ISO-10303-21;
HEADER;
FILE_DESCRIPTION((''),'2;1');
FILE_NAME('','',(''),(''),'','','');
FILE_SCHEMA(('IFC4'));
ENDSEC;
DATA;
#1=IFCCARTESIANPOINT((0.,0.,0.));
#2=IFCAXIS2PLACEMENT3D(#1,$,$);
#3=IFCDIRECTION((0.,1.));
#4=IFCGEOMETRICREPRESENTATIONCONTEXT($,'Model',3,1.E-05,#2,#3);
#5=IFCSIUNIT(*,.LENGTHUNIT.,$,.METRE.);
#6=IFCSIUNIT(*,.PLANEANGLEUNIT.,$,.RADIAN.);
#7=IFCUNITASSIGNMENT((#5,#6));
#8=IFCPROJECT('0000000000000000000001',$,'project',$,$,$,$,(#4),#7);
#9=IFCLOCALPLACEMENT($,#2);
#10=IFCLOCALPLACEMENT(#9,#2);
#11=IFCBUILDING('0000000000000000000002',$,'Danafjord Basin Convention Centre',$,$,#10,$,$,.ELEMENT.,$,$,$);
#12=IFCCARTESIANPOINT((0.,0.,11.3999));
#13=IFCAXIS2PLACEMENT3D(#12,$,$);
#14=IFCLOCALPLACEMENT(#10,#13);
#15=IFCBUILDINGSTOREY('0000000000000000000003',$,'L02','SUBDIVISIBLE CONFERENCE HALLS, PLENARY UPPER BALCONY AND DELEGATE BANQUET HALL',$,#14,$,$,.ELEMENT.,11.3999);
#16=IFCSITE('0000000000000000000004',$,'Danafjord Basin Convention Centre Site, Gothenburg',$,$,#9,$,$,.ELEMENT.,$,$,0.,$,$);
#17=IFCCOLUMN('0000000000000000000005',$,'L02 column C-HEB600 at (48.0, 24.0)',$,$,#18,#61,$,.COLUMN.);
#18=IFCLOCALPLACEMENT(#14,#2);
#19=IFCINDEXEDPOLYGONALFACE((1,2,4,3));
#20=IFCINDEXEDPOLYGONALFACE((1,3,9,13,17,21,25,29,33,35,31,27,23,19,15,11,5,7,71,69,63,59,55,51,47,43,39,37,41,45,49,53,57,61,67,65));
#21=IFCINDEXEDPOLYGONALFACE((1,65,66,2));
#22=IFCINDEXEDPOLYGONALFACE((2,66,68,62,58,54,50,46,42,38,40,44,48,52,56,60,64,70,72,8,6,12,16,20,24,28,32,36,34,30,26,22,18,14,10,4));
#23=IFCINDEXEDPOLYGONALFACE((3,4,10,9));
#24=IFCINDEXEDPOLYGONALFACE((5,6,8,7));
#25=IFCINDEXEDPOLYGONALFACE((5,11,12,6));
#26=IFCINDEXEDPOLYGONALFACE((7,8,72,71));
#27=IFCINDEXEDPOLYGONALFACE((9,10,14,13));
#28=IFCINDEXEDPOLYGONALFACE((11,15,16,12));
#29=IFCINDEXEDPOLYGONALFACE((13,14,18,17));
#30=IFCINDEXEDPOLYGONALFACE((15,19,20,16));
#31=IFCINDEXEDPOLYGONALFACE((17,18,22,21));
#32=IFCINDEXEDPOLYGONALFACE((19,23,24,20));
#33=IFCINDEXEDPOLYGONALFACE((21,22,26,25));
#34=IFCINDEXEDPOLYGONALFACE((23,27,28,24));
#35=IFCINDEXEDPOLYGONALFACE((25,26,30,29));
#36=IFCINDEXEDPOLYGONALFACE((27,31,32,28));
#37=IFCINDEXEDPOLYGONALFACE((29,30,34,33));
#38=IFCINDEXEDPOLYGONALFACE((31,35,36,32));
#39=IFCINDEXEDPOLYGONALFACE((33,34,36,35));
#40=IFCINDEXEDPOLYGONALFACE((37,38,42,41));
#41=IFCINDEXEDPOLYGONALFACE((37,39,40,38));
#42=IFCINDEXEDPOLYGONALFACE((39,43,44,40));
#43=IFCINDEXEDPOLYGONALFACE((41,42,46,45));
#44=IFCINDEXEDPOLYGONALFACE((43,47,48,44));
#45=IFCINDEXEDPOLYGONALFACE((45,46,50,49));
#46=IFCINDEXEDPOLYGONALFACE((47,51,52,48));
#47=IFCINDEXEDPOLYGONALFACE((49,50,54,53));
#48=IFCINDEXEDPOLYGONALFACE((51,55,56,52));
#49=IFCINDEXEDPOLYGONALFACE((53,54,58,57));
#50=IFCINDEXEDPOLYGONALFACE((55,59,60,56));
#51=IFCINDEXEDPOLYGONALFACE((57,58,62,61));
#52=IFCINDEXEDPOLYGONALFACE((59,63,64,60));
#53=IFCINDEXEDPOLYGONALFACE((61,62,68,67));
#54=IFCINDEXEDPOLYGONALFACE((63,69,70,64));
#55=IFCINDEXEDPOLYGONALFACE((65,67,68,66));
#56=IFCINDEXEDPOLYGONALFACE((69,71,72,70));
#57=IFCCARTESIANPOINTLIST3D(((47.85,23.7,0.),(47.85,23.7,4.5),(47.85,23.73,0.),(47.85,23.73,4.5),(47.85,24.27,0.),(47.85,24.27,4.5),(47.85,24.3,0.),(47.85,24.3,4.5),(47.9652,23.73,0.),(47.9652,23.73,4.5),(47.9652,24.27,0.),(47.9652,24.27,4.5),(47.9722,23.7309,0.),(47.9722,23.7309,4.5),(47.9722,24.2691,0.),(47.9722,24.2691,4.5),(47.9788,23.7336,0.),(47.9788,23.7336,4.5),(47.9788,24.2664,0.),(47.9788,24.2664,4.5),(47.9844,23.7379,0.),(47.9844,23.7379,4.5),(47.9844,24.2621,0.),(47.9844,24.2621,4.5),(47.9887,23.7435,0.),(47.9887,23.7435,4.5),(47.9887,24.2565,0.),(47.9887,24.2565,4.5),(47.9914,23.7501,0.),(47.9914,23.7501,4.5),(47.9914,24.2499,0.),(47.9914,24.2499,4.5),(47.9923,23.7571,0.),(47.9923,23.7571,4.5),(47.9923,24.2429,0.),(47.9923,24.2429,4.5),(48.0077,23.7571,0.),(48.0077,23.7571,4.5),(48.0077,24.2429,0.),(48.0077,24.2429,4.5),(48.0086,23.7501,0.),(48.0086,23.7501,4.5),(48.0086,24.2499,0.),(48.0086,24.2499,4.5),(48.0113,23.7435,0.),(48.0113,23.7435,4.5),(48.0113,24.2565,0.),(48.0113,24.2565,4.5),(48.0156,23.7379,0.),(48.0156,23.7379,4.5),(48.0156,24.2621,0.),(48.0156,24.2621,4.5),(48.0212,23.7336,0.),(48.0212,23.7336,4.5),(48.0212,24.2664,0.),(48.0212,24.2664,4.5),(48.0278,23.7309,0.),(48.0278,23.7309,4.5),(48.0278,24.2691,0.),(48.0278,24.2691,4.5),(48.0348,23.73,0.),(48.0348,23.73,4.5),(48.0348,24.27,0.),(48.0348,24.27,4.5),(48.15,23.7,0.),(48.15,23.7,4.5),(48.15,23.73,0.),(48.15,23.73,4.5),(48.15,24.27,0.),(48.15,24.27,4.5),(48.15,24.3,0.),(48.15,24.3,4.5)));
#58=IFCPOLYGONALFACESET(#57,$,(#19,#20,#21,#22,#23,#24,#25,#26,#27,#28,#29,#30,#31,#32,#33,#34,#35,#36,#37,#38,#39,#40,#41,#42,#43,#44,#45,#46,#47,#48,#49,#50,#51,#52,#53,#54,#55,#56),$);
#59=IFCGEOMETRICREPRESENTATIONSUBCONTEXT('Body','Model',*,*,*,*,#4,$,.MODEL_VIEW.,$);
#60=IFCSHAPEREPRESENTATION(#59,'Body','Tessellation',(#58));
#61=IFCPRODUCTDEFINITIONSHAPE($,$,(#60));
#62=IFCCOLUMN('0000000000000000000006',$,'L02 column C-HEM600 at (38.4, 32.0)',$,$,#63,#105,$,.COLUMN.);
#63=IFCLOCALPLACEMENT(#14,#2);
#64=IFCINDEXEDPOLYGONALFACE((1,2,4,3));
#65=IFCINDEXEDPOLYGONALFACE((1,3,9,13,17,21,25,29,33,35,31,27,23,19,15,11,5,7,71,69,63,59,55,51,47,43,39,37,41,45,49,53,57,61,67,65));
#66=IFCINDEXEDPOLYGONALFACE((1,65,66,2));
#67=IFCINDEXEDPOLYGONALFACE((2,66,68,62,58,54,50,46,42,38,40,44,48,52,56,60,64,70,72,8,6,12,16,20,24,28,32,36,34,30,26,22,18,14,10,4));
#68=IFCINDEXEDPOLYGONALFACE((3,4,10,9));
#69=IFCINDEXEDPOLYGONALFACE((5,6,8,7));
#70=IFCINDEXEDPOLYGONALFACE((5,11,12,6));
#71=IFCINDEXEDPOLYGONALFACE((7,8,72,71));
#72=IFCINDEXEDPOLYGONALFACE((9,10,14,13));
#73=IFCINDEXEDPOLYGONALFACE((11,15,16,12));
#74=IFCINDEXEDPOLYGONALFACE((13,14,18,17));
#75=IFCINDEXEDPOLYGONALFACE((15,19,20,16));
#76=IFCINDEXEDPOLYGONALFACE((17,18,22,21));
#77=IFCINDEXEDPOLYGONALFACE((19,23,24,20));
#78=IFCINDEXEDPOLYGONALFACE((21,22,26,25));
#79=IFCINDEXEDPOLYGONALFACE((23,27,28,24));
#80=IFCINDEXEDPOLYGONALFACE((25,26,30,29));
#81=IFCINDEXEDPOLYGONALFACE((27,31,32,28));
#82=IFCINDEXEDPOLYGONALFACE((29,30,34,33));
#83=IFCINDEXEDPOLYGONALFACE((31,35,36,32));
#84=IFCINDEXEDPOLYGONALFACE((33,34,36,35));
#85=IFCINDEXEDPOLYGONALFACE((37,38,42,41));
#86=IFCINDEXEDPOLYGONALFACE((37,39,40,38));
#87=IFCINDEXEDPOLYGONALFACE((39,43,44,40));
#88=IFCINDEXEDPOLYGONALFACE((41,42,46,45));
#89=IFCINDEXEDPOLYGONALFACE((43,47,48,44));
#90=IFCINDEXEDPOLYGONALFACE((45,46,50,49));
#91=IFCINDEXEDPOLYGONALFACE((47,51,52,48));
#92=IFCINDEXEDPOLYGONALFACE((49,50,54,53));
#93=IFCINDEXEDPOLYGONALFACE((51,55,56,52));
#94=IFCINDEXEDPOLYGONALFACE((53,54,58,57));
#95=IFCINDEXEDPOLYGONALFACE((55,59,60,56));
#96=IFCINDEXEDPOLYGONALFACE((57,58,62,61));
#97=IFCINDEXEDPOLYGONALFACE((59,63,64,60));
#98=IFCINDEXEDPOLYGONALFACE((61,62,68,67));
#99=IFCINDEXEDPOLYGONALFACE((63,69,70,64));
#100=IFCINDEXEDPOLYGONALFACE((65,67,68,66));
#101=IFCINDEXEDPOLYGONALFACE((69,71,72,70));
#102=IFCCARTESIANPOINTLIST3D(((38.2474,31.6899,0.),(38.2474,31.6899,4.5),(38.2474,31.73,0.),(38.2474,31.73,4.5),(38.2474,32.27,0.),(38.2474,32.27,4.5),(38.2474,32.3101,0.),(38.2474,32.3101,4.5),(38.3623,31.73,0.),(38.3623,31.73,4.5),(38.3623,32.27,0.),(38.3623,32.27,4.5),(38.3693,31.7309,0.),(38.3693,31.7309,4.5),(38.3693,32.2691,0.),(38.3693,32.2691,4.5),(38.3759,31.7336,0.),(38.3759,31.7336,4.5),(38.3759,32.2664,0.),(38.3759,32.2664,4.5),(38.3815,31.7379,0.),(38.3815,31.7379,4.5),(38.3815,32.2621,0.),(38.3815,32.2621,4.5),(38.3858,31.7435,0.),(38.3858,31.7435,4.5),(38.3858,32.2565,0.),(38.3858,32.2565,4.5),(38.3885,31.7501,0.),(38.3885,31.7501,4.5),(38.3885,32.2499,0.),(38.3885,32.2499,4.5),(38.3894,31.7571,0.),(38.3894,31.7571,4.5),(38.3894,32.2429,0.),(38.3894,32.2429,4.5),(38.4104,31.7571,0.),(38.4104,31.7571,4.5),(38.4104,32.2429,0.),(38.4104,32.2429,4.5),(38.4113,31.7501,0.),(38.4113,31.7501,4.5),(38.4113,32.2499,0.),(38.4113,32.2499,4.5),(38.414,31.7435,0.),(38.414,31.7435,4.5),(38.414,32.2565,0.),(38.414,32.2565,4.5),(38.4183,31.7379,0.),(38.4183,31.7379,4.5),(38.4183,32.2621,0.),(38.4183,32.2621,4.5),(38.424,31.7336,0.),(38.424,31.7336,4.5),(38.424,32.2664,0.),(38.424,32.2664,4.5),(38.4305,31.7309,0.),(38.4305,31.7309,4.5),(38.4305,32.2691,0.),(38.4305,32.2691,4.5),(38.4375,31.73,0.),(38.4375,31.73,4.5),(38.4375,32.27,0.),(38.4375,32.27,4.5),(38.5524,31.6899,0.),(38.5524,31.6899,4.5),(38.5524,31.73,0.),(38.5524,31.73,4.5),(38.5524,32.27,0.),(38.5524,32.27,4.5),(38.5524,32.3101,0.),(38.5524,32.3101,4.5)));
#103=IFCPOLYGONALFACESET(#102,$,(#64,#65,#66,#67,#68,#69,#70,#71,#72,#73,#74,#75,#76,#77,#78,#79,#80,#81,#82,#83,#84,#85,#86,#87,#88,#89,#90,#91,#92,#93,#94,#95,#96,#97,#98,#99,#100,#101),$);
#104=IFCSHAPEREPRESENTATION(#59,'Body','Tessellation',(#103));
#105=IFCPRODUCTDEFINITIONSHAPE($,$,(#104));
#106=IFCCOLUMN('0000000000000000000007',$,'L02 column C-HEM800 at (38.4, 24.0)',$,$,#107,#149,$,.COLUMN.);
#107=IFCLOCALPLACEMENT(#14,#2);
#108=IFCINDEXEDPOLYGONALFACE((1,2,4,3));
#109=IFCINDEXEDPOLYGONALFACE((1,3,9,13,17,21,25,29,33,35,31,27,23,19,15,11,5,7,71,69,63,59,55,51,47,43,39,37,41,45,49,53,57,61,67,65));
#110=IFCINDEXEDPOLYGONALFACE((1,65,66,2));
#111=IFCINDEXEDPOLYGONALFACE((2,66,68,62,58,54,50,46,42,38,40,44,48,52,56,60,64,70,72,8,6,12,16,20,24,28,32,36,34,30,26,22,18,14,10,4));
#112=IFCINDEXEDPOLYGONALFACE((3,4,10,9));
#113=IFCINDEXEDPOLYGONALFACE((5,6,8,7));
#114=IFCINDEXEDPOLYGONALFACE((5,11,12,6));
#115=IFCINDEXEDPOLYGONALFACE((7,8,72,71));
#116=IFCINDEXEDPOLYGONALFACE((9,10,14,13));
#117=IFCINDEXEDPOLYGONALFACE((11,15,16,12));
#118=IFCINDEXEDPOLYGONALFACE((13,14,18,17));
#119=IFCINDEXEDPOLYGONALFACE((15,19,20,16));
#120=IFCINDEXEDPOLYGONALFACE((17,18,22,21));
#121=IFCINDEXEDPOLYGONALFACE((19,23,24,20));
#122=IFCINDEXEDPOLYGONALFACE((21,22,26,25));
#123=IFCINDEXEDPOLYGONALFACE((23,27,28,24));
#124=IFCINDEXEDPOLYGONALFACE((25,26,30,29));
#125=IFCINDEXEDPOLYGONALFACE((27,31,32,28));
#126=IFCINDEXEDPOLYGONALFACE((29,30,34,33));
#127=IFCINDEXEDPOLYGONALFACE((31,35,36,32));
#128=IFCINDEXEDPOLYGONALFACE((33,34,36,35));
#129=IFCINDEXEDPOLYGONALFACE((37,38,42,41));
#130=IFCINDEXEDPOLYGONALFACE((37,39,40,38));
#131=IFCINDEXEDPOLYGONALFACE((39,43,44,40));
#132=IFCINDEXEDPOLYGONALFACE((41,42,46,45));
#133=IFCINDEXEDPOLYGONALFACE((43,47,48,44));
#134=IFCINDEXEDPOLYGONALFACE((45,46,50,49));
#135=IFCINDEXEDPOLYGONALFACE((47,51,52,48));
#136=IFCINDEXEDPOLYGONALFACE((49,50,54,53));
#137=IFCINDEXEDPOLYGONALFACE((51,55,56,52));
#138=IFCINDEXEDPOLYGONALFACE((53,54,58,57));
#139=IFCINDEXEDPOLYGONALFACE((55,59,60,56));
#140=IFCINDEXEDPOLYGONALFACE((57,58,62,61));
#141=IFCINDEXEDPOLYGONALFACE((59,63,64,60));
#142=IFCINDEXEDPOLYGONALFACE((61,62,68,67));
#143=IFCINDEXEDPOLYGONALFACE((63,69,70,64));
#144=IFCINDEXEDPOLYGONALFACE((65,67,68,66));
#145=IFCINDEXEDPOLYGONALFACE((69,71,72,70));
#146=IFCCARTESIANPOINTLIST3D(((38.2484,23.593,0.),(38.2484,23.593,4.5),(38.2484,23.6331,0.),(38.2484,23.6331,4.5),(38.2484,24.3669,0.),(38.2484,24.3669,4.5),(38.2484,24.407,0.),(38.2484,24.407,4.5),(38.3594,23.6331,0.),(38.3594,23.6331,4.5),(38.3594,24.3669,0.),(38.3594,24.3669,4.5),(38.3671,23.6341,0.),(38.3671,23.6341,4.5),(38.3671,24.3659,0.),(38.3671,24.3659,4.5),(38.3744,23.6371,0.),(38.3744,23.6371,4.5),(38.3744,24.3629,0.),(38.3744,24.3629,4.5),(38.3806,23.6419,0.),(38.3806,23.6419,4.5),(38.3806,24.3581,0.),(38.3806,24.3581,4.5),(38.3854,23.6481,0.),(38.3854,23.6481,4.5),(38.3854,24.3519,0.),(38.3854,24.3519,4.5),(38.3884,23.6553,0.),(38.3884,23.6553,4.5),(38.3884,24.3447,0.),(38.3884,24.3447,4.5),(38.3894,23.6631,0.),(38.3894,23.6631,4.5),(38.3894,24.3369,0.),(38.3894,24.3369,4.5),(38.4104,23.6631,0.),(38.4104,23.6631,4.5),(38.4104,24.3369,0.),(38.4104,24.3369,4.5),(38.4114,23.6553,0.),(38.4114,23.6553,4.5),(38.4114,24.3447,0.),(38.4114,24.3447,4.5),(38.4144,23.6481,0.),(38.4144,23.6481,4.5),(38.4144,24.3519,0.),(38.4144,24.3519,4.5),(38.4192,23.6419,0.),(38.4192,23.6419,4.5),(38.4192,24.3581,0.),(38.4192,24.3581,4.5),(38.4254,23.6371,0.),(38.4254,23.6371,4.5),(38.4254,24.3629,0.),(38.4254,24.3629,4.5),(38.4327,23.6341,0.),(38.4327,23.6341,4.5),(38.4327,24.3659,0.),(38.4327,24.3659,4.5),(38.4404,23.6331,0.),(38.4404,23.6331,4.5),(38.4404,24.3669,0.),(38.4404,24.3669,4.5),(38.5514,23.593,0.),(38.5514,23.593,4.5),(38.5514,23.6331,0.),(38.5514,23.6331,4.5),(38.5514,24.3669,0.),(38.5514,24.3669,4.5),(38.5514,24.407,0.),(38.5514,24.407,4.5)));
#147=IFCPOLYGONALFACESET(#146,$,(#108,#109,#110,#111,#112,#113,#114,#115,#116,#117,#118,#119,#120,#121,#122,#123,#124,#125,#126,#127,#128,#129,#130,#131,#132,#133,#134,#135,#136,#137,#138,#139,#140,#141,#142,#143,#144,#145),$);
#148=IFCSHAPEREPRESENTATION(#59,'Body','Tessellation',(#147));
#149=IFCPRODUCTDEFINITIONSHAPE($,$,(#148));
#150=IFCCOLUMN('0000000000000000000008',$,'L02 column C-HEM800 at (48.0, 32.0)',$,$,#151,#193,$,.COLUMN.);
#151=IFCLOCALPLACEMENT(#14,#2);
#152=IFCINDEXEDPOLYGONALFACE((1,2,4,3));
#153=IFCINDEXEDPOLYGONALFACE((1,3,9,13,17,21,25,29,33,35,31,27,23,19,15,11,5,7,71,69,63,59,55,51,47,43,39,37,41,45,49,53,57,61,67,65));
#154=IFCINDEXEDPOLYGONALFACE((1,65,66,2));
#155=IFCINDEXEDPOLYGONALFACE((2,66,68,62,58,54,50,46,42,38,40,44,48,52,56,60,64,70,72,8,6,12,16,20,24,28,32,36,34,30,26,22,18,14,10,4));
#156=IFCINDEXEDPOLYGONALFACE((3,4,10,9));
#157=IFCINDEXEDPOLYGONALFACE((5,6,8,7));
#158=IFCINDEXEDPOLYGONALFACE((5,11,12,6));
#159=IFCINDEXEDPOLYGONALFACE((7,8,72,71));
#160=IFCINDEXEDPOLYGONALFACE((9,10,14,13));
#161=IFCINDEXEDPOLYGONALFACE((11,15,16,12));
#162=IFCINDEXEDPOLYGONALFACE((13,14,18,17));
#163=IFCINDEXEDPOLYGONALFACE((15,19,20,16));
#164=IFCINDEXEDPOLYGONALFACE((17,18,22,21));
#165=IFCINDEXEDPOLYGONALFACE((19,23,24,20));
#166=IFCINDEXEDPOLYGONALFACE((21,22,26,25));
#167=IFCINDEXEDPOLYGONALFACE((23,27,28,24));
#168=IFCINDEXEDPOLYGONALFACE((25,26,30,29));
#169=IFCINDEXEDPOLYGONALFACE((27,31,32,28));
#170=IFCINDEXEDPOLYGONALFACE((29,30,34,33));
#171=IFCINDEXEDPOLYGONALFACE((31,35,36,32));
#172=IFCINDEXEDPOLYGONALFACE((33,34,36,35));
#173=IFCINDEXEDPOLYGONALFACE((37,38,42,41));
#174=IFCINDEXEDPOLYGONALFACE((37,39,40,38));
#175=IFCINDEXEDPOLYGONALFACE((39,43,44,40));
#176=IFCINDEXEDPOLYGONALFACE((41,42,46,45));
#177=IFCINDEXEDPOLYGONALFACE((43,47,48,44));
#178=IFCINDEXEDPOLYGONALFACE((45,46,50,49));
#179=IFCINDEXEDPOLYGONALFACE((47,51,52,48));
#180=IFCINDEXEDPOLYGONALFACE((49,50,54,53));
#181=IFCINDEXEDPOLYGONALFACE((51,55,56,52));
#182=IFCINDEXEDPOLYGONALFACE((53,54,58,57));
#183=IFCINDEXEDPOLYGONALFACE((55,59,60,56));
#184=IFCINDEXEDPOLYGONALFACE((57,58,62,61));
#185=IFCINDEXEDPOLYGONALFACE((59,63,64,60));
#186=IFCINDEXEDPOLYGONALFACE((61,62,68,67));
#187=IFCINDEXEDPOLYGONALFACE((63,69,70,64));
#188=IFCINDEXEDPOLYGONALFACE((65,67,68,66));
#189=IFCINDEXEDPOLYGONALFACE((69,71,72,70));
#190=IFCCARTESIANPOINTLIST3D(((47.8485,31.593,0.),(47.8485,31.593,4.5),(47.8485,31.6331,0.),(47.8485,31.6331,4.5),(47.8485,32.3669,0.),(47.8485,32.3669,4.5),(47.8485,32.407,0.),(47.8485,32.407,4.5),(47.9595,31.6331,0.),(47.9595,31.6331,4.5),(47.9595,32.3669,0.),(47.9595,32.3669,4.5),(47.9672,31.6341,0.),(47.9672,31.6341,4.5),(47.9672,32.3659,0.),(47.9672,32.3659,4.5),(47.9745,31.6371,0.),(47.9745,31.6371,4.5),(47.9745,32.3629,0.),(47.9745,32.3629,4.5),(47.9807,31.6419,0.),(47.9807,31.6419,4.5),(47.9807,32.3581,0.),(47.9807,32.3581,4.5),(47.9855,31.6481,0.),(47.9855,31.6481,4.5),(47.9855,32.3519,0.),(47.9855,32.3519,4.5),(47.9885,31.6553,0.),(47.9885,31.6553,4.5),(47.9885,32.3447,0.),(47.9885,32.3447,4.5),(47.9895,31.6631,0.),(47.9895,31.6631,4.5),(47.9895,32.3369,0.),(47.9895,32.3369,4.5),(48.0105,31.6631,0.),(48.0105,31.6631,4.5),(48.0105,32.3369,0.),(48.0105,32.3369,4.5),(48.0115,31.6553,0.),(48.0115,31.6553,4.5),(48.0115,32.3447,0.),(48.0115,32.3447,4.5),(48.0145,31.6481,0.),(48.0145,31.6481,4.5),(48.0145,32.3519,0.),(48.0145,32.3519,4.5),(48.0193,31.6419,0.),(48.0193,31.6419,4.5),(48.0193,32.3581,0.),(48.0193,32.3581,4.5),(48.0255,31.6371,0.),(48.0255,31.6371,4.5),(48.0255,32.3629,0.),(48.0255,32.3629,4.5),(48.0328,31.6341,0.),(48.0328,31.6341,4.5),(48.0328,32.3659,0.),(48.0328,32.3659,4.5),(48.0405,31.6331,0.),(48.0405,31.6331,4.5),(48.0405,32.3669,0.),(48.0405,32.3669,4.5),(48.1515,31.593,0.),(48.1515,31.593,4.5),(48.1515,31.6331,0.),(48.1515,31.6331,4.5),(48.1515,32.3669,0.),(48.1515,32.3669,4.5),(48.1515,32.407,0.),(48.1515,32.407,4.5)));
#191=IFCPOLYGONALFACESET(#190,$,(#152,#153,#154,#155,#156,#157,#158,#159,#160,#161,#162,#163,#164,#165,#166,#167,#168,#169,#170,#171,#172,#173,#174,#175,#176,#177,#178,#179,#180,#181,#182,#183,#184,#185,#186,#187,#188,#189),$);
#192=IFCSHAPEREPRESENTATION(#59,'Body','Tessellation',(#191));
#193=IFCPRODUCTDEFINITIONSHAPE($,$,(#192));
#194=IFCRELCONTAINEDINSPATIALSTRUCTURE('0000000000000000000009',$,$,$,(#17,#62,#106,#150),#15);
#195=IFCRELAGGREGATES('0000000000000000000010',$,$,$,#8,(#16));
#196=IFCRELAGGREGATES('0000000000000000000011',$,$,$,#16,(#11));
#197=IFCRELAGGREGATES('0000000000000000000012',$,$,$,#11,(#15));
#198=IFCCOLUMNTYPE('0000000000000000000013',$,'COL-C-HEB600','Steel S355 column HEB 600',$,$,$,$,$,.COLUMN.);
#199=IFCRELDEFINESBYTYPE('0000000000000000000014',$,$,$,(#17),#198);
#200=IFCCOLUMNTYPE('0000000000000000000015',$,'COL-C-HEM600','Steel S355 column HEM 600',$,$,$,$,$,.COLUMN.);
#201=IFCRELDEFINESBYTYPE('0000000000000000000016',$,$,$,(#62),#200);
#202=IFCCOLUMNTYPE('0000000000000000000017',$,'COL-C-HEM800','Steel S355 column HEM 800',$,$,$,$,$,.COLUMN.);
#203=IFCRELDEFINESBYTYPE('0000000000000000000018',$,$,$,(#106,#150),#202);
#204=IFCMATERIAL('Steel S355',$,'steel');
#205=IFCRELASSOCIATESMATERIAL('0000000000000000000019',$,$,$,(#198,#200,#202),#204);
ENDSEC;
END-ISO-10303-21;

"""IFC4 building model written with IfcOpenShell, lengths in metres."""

from ifc_helpers import new_model, si_unit, direction, frame, origin, origin_2d, place, context, subcontext, project, spatial, i_section, extrude, material, material_profile, profile_set, type_object, element, save


model = new_model("IFC4")

# Units and contexts
model_context = context("Model", 3, precision=1e-05, world=origin(), true_north=direction((0.0, 1.0)))
body_context = subcontext(model_context, "Body", "Model", "MODEL_VIEW")
ifc_project = project(units=[si_unit("LENGTHUNIT", "METRE"), si_unit("PLANEANGLEUNIT", "RADIAN")], contexts=[model_context])

# Site, building, storey
site_placement = place(None, origin())
site = spatial("IfcSite", under=ifc_project, at=site_placement, Name="Danafjord Basin Convention Centre Site, Gothenburg", CompositionType="ELEMENT", RefElevation=0.0)
building_placement = place(site_placement, origin())
building = spatial("IfcBuilding", under=site, at=building_placement, Name="Danafjord Basin Convention Centre", CompositionType="ELEMENT")
storey_placement = place(building_placement, frame((0.0, 0.0, 11.3999)))
storey = spatial("IfcBuildingStorey", under=building, at=storey_placement, Name="L02", Description="SUBDIVISIBLE CONFERENCE HALLS, PLENARY UPPER BALCONY AND DELEGATE BANQUET HALL", CompositionType="ELEMENT", Elevation=11.3999)

# Columns
ifc_material_1 = material(Name="Steel S355", Category="steel")
ifc_material_profile_1 = material_profile(ifc_material_1, i_section(OverallWidth=0.3, OverallDepth=0.6001, WebThickness=0.0154, FlangeThickness=0.03, FilletRadius=0.0271, at=origin_2d()), Name="HEB 600")
ifc_profile_set_1 = profile_set([ifc_material_profile_1], Name="Steel S355")
column_type_1 = type_object("IfcColumnType", Name="COL-C-HEB600", Description="Steel S355 column HEB 600", PredefinedType="COLUMN", material=ifc_profile_set_1)
column_1_placement = place(storey_placement, frame((48.0, 24.0, 0.0), z_axis=(0.0, 0.0, 1.0), x_axis=(1.0, 0.0, 0.0)))
element("IfcColumn", 1, at=column_1_placement, inside=storey, type_object=column_type_1, Name="L02 column C-HEB600 at (48.0, 24.0)", PredefinedType="COLUMN", context=body_context, shape_type="SweptSolid", body=[
    extrude(i_section(OverallWidth=0.3, OverallDepth=0.6001, WebThickness=0.0154, FlangeThickness=0.03, FilletRadius=0.0271, at=origin_2d()), origin(), (0.0, 0.0, 1.0), 4.5),
])
ifc_material_profile_2 = material_profile(ifc_material_1, i_section(OverallWidth=0.3049, OverallDepth=0.6201, WebThickness=0.021, FlangeThickness=0.04, FilletRadius=0.0271, at=origin_2d()), Name="HEM 600")
ifc_profile_set_2 = profile_set([ifc_material_profile_2], Name="Steel S355")
column_type_2 = type_object("IfcColumnType", Name="COL-C-HEM600", Description="Steel S355 column HEM 600", PredefinedType="COLUMN", material=ifc_profile_set_2)
column_2_placement = place(storey_placement, frame((38.3999, 32.0, 0.0), z_axis=(0.0, 0.0, 1.0), x_axis=(1.0, 0.0, 0.0)))
element("IfcColumn", 2, at=column_2_placement, inside=storey, type_object=column_type_2, Name="L02 column C-HEM600 at (38.4, 32.0)", PredefinedType="COLUMN", context=body_context, shape_type="SweptSolid", body=[
    extrude(i_section(OverallWidth=0.3049, OverallDepth=0.6201, WebThickness=0.021, FlangeThickness=0.04, FilletRadius=0.0271, at=origin_2d()), origin(), (0.0, 0.0, 1.0), 4.5),
])
ifc_material_profile_3 = material_profile(ifc_material_1, i_section(OverallWidth=0.303, OverallDepth=0.814, WebThickness=0.021, FlangeThickness=0.04, FilletRadius=0.03, at=origin_2d()), Name="HEM 800")
ifc_profile_set_3 = profile_set([ifc_material_profile_3], Name="Steel S355")
column_type_3 = type_object("IfcColumnType", Name="COL-C-HEM800", Description="Steel S355 column HEM 800", PredefinedType="COLUMN", material=ifc_profile_set_3)
for number, where, z_axis, x_axis, name in (
    (3, (38.3999, 24.0, 0.0), (0.0, 0.0, 1.0), (1.0, 0.0, 0.0), "L02 column C-HEM800 at (38.4, 24.0)"),
    (4, (48.0, 32.0, 0.0), (0.0, 0.0, 1.0), (1.0, 0.0, 0.0), "L02 column C-HEM800 at (48.0, 32.0)"),
):
    element("IfcColumn", number, at=place(storey_placement, frame(where, z_axis=z_axis, x_axis=x_axis)), inside=storey, type_object=column_type_3, Name=name, PredefinedType="COLUMN", context=body_context, shape_type="SweptSolid", body=[
        extrude(i_section(OverallWidth=0.303, OverallDepth=0.814, WebThickness=0.021, FlangeThickness=0.04, FilletRadius=0.03, at=origin_2d()), origin(), (0.0, 0.0, 1.0), 4.5),
    ])

save(model, "model.ifc")
